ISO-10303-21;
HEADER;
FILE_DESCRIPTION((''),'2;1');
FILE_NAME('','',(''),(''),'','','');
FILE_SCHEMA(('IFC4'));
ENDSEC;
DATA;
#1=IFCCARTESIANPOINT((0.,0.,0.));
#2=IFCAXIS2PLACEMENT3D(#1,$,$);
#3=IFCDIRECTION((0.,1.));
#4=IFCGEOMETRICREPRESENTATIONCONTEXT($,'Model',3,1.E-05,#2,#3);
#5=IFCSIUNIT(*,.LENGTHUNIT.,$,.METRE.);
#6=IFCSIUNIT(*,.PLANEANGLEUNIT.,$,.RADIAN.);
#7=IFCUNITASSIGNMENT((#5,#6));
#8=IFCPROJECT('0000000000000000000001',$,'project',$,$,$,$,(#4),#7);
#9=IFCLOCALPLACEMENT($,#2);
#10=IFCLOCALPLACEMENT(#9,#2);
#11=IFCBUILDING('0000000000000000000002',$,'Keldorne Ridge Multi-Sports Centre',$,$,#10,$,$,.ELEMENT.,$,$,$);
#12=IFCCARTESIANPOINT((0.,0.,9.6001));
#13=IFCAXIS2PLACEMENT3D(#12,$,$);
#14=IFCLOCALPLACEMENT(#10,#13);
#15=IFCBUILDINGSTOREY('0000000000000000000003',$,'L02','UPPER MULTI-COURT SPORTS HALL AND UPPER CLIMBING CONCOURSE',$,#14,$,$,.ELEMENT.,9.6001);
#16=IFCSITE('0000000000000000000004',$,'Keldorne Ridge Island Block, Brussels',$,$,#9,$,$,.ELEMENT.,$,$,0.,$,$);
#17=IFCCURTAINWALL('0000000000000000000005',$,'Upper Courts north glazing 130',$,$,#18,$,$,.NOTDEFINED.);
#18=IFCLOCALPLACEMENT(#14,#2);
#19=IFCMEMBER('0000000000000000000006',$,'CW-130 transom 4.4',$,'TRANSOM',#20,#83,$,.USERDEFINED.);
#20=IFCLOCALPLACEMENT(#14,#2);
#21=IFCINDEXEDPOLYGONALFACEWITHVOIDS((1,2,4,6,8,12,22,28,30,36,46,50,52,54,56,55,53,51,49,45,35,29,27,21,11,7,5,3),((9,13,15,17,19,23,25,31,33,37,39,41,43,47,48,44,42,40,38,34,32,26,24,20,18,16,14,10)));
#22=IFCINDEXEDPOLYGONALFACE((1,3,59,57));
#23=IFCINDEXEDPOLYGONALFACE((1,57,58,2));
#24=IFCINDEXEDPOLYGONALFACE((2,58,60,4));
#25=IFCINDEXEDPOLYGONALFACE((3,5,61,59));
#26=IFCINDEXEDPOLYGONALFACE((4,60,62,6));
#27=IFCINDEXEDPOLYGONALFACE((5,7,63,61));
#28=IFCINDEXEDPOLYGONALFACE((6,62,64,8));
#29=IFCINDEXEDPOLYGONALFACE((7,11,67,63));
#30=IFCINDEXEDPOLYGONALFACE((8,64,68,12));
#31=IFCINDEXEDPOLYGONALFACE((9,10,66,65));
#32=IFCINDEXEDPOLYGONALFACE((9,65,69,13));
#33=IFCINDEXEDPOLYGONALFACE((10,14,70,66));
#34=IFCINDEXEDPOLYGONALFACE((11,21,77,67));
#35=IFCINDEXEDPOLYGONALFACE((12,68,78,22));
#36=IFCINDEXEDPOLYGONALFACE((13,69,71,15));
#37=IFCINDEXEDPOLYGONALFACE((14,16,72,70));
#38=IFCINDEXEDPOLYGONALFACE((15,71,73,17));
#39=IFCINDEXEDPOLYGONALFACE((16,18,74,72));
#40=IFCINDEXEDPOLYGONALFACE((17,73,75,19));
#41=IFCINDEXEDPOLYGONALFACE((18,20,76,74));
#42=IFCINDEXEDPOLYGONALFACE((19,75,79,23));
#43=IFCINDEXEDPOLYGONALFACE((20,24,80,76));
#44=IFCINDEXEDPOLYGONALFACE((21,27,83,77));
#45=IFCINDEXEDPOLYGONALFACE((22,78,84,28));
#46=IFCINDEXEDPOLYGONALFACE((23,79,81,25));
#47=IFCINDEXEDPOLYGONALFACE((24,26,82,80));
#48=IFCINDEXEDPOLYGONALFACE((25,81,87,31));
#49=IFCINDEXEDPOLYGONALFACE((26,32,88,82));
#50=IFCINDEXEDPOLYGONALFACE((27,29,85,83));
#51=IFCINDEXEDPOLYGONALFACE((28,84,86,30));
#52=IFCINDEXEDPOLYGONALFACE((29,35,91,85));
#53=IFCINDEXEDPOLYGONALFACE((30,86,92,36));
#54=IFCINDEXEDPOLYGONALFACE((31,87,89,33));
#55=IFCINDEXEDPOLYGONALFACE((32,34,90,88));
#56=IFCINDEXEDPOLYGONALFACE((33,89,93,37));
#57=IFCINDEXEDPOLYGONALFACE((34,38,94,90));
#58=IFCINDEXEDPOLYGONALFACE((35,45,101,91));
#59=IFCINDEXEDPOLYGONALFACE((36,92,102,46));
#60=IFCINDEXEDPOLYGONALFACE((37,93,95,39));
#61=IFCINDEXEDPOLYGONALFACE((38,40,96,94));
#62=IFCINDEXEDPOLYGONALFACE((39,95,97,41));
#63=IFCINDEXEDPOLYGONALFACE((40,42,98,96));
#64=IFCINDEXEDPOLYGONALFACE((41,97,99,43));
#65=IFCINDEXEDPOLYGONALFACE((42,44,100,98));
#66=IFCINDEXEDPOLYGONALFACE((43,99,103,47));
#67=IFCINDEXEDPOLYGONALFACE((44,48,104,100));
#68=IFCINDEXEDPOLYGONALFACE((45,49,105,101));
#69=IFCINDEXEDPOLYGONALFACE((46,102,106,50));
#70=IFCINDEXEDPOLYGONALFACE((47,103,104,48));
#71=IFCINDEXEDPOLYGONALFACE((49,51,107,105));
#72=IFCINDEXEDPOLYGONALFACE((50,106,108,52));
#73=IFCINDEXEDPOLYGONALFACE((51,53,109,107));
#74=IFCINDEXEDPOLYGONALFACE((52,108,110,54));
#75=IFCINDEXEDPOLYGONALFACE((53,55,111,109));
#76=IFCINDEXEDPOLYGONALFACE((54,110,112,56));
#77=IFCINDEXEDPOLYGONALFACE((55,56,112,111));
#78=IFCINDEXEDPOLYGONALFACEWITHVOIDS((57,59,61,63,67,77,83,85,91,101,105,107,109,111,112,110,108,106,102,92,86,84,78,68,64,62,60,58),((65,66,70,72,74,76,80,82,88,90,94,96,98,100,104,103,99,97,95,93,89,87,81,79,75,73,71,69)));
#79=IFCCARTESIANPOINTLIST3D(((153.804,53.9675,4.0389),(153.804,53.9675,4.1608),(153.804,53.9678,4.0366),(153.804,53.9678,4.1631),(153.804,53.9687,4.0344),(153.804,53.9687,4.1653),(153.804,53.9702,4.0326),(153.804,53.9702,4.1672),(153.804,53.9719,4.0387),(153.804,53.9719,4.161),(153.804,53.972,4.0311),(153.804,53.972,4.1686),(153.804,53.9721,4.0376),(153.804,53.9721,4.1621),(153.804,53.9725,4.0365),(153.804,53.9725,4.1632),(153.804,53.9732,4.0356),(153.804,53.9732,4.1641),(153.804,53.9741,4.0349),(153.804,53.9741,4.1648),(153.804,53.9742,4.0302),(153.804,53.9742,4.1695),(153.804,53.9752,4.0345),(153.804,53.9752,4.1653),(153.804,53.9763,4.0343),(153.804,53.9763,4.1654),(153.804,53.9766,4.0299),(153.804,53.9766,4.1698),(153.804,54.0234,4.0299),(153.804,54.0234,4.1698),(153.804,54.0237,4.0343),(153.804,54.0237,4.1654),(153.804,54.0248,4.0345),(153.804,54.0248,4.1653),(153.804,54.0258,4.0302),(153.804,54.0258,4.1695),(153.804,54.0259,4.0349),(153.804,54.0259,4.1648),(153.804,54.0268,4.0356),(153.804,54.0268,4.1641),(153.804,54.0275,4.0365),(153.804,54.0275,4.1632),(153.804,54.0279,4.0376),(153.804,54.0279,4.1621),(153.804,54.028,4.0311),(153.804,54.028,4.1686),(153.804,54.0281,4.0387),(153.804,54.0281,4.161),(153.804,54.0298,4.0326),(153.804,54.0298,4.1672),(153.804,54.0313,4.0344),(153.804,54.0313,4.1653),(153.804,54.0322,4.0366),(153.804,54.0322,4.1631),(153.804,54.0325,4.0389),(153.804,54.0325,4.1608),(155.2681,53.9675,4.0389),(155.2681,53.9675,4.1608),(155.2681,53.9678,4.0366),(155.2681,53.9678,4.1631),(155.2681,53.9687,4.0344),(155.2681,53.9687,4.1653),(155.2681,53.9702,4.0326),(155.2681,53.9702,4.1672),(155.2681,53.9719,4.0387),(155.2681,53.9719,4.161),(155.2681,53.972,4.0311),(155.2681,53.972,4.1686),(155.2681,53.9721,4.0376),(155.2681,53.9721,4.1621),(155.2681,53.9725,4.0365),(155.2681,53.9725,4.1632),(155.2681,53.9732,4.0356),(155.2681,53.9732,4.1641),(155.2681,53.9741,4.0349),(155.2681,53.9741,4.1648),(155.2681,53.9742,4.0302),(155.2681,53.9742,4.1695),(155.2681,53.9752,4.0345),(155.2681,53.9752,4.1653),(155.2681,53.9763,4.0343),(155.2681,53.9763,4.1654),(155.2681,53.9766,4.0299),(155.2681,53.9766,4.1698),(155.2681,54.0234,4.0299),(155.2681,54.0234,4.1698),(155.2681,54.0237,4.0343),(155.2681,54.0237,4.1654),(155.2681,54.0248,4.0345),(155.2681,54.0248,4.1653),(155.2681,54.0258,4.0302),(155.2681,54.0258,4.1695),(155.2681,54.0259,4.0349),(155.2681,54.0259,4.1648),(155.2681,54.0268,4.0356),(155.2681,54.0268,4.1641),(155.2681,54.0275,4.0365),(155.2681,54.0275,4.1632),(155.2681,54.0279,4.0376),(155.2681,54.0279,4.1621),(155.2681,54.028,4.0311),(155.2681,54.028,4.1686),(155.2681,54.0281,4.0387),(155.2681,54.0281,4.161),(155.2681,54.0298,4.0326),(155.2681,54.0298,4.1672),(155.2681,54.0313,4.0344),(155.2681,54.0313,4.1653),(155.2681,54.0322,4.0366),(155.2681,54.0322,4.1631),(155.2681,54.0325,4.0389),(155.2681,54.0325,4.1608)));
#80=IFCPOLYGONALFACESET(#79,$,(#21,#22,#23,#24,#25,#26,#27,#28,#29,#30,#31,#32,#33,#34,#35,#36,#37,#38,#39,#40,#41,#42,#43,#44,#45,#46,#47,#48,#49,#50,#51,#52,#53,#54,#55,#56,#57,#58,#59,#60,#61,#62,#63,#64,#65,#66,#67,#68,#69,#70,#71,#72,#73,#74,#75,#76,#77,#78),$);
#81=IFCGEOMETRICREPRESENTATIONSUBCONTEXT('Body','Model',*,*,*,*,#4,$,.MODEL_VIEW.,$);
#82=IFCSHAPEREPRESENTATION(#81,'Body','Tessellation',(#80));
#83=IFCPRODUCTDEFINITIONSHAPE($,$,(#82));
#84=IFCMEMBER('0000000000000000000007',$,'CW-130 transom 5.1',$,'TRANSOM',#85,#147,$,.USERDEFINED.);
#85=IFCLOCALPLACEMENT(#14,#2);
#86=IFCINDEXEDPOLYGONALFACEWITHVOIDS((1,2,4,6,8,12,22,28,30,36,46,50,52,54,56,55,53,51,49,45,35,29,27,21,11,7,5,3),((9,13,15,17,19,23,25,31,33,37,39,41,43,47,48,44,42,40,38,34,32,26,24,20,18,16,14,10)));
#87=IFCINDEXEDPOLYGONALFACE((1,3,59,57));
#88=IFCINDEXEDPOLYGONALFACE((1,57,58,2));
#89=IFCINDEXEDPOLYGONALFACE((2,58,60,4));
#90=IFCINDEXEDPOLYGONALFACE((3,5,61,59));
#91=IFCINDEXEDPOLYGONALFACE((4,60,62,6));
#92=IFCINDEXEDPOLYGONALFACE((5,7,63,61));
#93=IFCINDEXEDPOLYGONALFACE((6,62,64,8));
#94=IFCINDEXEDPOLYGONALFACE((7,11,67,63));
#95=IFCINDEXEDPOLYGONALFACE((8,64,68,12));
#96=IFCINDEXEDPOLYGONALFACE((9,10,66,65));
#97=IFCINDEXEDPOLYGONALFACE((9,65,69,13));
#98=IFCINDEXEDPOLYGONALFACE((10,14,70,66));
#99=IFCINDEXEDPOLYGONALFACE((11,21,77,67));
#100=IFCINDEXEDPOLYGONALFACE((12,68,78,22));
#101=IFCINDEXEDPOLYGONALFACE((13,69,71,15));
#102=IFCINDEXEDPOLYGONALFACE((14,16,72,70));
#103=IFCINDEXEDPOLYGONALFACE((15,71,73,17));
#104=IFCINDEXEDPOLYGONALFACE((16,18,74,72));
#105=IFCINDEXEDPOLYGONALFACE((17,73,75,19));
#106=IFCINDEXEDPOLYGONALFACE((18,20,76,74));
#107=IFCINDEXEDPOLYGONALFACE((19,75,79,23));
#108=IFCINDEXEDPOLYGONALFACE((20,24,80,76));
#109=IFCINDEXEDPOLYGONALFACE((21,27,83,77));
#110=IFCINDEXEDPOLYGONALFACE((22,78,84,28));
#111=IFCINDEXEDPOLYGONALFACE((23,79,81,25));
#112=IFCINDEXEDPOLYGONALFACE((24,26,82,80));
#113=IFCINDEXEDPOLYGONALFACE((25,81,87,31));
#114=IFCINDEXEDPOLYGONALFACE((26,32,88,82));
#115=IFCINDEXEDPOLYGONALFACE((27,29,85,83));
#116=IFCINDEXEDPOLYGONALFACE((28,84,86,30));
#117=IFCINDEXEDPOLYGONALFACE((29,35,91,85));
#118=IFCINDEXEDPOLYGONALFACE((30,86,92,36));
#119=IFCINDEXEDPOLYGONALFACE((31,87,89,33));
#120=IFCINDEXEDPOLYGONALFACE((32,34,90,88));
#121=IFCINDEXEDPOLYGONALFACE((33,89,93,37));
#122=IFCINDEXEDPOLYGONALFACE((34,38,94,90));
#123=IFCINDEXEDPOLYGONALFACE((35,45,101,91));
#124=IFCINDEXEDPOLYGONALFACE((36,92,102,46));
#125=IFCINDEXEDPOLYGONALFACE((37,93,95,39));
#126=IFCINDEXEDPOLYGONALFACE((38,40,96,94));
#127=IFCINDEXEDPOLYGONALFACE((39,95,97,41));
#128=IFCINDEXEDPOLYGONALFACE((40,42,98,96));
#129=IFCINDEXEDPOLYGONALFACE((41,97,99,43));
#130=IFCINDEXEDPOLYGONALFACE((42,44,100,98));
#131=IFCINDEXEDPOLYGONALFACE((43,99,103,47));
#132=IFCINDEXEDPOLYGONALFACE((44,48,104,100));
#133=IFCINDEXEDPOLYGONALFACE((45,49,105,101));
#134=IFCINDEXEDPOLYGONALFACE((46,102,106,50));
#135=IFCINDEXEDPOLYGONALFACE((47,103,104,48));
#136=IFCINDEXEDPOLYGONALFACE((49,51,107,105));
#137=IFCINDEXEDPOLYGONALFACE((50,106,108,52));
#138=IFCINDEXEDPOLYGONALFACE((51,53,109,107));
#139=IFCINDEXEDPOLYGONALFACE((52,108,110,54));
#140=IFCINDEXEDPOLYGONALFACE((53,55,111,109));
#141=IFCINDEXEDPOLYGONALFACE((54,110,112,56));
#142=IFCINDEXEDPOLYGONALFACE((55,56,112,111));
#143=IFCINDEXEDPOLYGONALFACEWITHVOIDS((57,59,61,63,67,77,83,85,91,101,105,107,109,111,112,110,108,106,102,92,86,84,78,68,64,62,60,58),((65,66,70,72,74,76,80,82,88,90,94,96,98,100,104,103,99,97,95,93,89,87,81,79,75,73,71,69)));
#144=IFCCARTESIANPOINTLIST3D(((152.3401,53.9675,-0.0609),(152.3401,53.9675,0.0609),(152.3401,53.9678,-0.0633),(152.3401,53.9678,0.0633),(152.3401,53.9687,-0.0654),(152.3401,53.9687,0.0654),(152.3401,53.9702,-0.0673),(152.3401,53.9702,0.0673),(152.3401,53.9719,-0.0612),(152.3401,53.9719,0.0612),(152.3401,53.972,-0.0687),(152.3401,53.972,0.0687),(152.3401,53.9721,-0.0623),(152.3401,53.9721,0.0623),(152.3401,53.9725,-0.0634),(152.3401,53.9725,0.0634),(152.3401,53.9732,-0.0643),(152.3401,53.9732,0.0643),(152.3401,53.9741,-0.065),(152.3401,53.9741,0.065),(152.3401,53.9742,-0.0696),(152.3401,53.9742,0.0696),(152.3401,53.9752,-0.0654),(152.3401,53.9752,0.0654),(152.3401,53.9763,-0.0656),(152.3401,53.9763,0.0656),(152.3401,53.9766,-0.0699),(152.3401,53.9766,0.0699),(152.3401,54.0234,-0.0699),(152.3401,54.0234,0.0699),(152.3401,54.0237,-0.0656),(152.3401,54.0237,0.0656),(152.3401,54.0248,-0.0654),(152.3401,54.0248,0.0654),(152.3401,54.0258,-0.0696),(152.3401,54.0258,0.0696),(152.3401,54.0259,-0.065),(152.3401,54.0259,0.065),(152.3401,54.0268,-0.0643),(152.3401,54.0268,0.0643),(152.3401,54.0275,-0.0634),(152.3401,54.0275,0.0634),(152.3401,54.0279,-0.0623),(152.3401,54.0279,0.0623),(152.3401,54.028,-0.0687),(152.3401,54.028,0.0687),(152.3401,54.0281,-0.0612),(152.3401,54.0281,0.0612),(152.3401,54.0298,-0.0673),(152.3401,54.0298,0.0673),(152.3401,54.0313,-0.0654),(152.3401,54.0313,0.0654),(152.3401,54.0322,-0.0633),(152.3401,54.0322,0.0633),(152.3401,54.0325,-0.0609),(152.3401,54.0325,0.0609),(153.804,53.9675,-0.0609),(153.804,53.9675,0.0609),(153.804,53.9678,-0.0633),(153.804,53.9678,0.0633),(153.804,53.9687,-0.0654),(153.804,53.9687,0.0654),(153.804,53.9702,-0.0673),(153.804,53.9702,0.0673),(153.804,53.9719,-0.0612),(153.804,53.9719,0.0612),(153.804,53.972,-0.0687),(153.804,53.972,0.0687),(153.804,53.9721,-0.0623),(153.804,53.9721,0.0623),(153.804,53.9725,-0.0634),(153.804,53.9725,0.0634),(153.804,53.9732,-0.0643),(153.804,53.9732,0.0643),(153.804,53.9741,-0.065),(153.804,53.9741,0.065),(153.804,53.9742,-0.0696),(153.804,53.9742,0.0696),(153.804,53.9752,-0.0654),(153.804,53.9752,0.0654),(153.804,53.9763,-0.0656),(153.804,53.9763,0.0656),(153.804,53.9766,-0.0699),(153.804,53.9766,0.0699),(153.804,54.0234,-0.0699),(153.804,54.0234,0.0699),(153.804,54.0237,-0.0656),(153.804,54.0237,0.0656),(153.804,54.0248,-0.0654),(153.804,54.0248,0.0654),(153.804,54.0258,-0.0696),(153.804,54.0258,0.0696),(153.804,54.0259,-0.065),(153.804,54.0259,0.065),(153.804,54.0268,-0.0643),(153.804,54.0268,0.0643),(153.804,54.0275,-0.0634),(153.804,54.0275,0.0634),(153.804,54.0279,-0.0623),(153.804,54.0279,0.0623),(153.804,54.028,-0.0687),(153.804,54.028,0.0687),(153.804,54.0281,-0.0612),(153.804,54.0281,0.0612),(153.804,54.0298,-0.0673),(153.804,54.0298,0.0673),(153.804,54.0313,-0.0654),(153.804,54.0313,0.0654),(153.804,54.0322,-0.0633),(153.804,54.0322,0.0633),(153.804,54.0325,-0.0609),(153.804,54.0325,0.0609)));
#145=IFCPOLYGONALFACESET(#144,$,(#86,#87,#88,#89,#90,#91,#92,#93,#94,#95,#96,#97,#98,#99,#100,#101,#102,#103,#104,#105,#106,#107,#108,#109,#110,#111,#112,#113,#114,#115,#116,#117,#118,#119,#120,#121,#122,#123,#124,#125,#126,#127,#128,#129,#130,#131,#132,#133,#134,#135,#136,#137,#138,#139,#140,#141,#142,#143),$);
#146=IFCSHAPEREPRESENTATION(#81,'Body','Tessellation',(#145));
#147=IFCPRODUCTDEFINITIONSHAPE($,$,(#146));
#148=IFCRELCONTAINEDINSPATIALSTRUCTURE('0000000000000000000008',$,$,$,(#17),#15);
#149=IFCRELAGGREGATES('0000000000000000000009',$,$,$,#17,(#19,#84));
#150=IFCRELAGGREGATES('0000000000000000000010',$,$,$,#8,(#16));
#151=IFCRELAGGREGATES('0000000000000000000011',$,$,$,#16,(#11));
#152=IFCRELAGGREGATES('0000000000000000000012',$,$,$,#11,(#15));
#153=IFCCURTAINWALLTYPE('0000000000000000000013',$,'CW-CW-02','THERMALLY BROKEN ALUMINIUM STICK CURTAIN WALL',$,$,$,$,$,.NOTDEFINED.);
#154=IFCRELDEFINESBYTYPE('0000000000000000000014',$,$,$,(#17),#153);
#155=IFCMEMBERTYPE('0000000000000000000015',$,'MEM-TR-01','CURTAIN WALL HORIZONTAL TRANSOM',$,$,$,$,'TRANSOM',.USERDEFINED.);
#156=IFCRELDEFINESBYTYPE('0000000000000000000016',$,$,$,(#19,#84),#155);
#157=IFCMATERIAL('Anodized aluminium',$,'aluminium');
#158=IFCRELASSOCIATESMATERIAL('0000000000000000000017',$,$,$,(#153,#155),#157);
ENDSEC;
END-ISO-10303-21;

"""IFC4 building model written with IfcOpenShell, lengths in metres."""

from ifc_helpers import new_model, si_unit, direction, frame, origin, origin_2d, place, context, subcontext, project, spatial, hollow_rectangle, extrude, material, material_profile, profile_set, type_object, element, aggregate, save


model = new_model("IFC4")

# Units and contexts
model_context = context("Model", 3, precision=1e-05, world=origin(), true_north=direction((0.0, 1.0)))
body_context = subcontext(model_context, "Body", "Model", "MODEL_VIEW")
ifc_project = project(units=[si_unit("LENGTHUNIT", "METRE"), si_unit("PLANEANGLEUNIT", "RADIAN")], contexts=[model_context])

# Site, building, storey
site_placement = place(None, origin())
site = spatial("IfcSite", under=ifc_project, at=site_placement, Name="Keldorne Ridge Island Block, Brussels", CompositionType="ELEMENT", RefElevation=0.0)
building_placement = place(site_placement, origin())
building = spatial("IfcBuilding", under=site, at=building_placement, Name="Keldorne Ridge Multi-Sports Centre", CompositionType="ELEMENT")
storey_placement = place(building_placement, frame((0.0, 0.0, 9.6001)))
storey = spatial("IfcBuildingStorey", under=building, at=storey_placement, Name="L02", Description="UPPER MULTI-COURT SPORTS HALL AND UPPER CLIMBING CONCOURSE", CompositionType="ELEMENT", Elevation=9.6001)

# Curtain wall, members
ifc_material_1 = material(Name="Anodized aluminium", Category="aluminium")
curtain_wall_type = type_object("IfcCurtainWallType", Name="CW-CW-02", Description="THERMALLY BROKEN ALUMINIUM STICK CURTAIN WALL", PredefinedType="NOTDEFINED", material=ifc_material_1)
curtain_wall_placement = place(storey_placement, origin())
curtain_wall = element("IfcCurtainWall", 1, at=curtain_wall_placement, inside=storey, type_object=curtain_wall_type, Name="Upper Courts north glazing 130", PredefinedType="NOTDEFINED")
ifc_material_profile_1 = material_profile(ifc_material_1, hollow_rectangle(XDim=0.0649, YDim=0.1399, WallThickness=0.0044, InnerFilletRadius=0.0044, OuterFilletRadius=0.009, at=origin_2d()), Name="ALU TRANSOM 140x65x4.5")
ifc_profile_set_1 = profile_set([ifc_material_profile_1], Name="Anodized aluminium")
member_type_1 = type_object("IfcMemberType", Name="MEM-TR-01", Description="CURTAIN WALL HORIZONTAL TRANSOM", ElementType="TRANSOM", PredefinedType="USERDEFINED", material=ifc_profile_set_1)
member_1_placement = place(storey_placement, frame((155.2681, 54.0, 4.0999), z_axis=(-1.0, 0.0, 0.0), x_axis=(0.0, -1.0, 0.0)))
member_1 = element("IfcMember", 2, at=member_1_placement, type_object=member_type_1, Name="CW-130 transom 4.4", ObjectType="TRANSOM", PredefinedType="USERDEFINED", context=body_context, shape_type="SweptSolid", body=[
    extrude(hollow_rectangle(XDim=0.0649, YDim=0.1399, WallThickness=0.0044, InnerFilletRadius=0.0044, OuterFilletRadius=0.009, at=origin_2d()), origin(), (0.0, 0.0, 1.0), 1.4641),
])
member_2_placement = place(storey_placement, frame((153.804, 54.0, 0.0), z_axis=(-1.0, 0.0, 0.0), x_axis=(0.0, -1.0, 0.0)))
member_2 = element("IfcMember", 3, at=member_2_placement, type_object=member_type_1, Name="CW-130 transom 5.1", ObjectType="TRANSOM", PredefinedType="USERDEFINED", context=body_context, shape_type="SweptSolid", body=[
    extrude(hollow_rectangle(XDim=0.0649, YDim=0.1399, WallThickness=0.0044, InnerFilletRadius=0.0044, OuterFilletRadius=0.009, at=origin_2d()), origin(), (0.0, 0.0, 1.0), 1.4639),
])
aggregate(curtain_wall, [member_1, member_2])

save(model, "model.ifc")
